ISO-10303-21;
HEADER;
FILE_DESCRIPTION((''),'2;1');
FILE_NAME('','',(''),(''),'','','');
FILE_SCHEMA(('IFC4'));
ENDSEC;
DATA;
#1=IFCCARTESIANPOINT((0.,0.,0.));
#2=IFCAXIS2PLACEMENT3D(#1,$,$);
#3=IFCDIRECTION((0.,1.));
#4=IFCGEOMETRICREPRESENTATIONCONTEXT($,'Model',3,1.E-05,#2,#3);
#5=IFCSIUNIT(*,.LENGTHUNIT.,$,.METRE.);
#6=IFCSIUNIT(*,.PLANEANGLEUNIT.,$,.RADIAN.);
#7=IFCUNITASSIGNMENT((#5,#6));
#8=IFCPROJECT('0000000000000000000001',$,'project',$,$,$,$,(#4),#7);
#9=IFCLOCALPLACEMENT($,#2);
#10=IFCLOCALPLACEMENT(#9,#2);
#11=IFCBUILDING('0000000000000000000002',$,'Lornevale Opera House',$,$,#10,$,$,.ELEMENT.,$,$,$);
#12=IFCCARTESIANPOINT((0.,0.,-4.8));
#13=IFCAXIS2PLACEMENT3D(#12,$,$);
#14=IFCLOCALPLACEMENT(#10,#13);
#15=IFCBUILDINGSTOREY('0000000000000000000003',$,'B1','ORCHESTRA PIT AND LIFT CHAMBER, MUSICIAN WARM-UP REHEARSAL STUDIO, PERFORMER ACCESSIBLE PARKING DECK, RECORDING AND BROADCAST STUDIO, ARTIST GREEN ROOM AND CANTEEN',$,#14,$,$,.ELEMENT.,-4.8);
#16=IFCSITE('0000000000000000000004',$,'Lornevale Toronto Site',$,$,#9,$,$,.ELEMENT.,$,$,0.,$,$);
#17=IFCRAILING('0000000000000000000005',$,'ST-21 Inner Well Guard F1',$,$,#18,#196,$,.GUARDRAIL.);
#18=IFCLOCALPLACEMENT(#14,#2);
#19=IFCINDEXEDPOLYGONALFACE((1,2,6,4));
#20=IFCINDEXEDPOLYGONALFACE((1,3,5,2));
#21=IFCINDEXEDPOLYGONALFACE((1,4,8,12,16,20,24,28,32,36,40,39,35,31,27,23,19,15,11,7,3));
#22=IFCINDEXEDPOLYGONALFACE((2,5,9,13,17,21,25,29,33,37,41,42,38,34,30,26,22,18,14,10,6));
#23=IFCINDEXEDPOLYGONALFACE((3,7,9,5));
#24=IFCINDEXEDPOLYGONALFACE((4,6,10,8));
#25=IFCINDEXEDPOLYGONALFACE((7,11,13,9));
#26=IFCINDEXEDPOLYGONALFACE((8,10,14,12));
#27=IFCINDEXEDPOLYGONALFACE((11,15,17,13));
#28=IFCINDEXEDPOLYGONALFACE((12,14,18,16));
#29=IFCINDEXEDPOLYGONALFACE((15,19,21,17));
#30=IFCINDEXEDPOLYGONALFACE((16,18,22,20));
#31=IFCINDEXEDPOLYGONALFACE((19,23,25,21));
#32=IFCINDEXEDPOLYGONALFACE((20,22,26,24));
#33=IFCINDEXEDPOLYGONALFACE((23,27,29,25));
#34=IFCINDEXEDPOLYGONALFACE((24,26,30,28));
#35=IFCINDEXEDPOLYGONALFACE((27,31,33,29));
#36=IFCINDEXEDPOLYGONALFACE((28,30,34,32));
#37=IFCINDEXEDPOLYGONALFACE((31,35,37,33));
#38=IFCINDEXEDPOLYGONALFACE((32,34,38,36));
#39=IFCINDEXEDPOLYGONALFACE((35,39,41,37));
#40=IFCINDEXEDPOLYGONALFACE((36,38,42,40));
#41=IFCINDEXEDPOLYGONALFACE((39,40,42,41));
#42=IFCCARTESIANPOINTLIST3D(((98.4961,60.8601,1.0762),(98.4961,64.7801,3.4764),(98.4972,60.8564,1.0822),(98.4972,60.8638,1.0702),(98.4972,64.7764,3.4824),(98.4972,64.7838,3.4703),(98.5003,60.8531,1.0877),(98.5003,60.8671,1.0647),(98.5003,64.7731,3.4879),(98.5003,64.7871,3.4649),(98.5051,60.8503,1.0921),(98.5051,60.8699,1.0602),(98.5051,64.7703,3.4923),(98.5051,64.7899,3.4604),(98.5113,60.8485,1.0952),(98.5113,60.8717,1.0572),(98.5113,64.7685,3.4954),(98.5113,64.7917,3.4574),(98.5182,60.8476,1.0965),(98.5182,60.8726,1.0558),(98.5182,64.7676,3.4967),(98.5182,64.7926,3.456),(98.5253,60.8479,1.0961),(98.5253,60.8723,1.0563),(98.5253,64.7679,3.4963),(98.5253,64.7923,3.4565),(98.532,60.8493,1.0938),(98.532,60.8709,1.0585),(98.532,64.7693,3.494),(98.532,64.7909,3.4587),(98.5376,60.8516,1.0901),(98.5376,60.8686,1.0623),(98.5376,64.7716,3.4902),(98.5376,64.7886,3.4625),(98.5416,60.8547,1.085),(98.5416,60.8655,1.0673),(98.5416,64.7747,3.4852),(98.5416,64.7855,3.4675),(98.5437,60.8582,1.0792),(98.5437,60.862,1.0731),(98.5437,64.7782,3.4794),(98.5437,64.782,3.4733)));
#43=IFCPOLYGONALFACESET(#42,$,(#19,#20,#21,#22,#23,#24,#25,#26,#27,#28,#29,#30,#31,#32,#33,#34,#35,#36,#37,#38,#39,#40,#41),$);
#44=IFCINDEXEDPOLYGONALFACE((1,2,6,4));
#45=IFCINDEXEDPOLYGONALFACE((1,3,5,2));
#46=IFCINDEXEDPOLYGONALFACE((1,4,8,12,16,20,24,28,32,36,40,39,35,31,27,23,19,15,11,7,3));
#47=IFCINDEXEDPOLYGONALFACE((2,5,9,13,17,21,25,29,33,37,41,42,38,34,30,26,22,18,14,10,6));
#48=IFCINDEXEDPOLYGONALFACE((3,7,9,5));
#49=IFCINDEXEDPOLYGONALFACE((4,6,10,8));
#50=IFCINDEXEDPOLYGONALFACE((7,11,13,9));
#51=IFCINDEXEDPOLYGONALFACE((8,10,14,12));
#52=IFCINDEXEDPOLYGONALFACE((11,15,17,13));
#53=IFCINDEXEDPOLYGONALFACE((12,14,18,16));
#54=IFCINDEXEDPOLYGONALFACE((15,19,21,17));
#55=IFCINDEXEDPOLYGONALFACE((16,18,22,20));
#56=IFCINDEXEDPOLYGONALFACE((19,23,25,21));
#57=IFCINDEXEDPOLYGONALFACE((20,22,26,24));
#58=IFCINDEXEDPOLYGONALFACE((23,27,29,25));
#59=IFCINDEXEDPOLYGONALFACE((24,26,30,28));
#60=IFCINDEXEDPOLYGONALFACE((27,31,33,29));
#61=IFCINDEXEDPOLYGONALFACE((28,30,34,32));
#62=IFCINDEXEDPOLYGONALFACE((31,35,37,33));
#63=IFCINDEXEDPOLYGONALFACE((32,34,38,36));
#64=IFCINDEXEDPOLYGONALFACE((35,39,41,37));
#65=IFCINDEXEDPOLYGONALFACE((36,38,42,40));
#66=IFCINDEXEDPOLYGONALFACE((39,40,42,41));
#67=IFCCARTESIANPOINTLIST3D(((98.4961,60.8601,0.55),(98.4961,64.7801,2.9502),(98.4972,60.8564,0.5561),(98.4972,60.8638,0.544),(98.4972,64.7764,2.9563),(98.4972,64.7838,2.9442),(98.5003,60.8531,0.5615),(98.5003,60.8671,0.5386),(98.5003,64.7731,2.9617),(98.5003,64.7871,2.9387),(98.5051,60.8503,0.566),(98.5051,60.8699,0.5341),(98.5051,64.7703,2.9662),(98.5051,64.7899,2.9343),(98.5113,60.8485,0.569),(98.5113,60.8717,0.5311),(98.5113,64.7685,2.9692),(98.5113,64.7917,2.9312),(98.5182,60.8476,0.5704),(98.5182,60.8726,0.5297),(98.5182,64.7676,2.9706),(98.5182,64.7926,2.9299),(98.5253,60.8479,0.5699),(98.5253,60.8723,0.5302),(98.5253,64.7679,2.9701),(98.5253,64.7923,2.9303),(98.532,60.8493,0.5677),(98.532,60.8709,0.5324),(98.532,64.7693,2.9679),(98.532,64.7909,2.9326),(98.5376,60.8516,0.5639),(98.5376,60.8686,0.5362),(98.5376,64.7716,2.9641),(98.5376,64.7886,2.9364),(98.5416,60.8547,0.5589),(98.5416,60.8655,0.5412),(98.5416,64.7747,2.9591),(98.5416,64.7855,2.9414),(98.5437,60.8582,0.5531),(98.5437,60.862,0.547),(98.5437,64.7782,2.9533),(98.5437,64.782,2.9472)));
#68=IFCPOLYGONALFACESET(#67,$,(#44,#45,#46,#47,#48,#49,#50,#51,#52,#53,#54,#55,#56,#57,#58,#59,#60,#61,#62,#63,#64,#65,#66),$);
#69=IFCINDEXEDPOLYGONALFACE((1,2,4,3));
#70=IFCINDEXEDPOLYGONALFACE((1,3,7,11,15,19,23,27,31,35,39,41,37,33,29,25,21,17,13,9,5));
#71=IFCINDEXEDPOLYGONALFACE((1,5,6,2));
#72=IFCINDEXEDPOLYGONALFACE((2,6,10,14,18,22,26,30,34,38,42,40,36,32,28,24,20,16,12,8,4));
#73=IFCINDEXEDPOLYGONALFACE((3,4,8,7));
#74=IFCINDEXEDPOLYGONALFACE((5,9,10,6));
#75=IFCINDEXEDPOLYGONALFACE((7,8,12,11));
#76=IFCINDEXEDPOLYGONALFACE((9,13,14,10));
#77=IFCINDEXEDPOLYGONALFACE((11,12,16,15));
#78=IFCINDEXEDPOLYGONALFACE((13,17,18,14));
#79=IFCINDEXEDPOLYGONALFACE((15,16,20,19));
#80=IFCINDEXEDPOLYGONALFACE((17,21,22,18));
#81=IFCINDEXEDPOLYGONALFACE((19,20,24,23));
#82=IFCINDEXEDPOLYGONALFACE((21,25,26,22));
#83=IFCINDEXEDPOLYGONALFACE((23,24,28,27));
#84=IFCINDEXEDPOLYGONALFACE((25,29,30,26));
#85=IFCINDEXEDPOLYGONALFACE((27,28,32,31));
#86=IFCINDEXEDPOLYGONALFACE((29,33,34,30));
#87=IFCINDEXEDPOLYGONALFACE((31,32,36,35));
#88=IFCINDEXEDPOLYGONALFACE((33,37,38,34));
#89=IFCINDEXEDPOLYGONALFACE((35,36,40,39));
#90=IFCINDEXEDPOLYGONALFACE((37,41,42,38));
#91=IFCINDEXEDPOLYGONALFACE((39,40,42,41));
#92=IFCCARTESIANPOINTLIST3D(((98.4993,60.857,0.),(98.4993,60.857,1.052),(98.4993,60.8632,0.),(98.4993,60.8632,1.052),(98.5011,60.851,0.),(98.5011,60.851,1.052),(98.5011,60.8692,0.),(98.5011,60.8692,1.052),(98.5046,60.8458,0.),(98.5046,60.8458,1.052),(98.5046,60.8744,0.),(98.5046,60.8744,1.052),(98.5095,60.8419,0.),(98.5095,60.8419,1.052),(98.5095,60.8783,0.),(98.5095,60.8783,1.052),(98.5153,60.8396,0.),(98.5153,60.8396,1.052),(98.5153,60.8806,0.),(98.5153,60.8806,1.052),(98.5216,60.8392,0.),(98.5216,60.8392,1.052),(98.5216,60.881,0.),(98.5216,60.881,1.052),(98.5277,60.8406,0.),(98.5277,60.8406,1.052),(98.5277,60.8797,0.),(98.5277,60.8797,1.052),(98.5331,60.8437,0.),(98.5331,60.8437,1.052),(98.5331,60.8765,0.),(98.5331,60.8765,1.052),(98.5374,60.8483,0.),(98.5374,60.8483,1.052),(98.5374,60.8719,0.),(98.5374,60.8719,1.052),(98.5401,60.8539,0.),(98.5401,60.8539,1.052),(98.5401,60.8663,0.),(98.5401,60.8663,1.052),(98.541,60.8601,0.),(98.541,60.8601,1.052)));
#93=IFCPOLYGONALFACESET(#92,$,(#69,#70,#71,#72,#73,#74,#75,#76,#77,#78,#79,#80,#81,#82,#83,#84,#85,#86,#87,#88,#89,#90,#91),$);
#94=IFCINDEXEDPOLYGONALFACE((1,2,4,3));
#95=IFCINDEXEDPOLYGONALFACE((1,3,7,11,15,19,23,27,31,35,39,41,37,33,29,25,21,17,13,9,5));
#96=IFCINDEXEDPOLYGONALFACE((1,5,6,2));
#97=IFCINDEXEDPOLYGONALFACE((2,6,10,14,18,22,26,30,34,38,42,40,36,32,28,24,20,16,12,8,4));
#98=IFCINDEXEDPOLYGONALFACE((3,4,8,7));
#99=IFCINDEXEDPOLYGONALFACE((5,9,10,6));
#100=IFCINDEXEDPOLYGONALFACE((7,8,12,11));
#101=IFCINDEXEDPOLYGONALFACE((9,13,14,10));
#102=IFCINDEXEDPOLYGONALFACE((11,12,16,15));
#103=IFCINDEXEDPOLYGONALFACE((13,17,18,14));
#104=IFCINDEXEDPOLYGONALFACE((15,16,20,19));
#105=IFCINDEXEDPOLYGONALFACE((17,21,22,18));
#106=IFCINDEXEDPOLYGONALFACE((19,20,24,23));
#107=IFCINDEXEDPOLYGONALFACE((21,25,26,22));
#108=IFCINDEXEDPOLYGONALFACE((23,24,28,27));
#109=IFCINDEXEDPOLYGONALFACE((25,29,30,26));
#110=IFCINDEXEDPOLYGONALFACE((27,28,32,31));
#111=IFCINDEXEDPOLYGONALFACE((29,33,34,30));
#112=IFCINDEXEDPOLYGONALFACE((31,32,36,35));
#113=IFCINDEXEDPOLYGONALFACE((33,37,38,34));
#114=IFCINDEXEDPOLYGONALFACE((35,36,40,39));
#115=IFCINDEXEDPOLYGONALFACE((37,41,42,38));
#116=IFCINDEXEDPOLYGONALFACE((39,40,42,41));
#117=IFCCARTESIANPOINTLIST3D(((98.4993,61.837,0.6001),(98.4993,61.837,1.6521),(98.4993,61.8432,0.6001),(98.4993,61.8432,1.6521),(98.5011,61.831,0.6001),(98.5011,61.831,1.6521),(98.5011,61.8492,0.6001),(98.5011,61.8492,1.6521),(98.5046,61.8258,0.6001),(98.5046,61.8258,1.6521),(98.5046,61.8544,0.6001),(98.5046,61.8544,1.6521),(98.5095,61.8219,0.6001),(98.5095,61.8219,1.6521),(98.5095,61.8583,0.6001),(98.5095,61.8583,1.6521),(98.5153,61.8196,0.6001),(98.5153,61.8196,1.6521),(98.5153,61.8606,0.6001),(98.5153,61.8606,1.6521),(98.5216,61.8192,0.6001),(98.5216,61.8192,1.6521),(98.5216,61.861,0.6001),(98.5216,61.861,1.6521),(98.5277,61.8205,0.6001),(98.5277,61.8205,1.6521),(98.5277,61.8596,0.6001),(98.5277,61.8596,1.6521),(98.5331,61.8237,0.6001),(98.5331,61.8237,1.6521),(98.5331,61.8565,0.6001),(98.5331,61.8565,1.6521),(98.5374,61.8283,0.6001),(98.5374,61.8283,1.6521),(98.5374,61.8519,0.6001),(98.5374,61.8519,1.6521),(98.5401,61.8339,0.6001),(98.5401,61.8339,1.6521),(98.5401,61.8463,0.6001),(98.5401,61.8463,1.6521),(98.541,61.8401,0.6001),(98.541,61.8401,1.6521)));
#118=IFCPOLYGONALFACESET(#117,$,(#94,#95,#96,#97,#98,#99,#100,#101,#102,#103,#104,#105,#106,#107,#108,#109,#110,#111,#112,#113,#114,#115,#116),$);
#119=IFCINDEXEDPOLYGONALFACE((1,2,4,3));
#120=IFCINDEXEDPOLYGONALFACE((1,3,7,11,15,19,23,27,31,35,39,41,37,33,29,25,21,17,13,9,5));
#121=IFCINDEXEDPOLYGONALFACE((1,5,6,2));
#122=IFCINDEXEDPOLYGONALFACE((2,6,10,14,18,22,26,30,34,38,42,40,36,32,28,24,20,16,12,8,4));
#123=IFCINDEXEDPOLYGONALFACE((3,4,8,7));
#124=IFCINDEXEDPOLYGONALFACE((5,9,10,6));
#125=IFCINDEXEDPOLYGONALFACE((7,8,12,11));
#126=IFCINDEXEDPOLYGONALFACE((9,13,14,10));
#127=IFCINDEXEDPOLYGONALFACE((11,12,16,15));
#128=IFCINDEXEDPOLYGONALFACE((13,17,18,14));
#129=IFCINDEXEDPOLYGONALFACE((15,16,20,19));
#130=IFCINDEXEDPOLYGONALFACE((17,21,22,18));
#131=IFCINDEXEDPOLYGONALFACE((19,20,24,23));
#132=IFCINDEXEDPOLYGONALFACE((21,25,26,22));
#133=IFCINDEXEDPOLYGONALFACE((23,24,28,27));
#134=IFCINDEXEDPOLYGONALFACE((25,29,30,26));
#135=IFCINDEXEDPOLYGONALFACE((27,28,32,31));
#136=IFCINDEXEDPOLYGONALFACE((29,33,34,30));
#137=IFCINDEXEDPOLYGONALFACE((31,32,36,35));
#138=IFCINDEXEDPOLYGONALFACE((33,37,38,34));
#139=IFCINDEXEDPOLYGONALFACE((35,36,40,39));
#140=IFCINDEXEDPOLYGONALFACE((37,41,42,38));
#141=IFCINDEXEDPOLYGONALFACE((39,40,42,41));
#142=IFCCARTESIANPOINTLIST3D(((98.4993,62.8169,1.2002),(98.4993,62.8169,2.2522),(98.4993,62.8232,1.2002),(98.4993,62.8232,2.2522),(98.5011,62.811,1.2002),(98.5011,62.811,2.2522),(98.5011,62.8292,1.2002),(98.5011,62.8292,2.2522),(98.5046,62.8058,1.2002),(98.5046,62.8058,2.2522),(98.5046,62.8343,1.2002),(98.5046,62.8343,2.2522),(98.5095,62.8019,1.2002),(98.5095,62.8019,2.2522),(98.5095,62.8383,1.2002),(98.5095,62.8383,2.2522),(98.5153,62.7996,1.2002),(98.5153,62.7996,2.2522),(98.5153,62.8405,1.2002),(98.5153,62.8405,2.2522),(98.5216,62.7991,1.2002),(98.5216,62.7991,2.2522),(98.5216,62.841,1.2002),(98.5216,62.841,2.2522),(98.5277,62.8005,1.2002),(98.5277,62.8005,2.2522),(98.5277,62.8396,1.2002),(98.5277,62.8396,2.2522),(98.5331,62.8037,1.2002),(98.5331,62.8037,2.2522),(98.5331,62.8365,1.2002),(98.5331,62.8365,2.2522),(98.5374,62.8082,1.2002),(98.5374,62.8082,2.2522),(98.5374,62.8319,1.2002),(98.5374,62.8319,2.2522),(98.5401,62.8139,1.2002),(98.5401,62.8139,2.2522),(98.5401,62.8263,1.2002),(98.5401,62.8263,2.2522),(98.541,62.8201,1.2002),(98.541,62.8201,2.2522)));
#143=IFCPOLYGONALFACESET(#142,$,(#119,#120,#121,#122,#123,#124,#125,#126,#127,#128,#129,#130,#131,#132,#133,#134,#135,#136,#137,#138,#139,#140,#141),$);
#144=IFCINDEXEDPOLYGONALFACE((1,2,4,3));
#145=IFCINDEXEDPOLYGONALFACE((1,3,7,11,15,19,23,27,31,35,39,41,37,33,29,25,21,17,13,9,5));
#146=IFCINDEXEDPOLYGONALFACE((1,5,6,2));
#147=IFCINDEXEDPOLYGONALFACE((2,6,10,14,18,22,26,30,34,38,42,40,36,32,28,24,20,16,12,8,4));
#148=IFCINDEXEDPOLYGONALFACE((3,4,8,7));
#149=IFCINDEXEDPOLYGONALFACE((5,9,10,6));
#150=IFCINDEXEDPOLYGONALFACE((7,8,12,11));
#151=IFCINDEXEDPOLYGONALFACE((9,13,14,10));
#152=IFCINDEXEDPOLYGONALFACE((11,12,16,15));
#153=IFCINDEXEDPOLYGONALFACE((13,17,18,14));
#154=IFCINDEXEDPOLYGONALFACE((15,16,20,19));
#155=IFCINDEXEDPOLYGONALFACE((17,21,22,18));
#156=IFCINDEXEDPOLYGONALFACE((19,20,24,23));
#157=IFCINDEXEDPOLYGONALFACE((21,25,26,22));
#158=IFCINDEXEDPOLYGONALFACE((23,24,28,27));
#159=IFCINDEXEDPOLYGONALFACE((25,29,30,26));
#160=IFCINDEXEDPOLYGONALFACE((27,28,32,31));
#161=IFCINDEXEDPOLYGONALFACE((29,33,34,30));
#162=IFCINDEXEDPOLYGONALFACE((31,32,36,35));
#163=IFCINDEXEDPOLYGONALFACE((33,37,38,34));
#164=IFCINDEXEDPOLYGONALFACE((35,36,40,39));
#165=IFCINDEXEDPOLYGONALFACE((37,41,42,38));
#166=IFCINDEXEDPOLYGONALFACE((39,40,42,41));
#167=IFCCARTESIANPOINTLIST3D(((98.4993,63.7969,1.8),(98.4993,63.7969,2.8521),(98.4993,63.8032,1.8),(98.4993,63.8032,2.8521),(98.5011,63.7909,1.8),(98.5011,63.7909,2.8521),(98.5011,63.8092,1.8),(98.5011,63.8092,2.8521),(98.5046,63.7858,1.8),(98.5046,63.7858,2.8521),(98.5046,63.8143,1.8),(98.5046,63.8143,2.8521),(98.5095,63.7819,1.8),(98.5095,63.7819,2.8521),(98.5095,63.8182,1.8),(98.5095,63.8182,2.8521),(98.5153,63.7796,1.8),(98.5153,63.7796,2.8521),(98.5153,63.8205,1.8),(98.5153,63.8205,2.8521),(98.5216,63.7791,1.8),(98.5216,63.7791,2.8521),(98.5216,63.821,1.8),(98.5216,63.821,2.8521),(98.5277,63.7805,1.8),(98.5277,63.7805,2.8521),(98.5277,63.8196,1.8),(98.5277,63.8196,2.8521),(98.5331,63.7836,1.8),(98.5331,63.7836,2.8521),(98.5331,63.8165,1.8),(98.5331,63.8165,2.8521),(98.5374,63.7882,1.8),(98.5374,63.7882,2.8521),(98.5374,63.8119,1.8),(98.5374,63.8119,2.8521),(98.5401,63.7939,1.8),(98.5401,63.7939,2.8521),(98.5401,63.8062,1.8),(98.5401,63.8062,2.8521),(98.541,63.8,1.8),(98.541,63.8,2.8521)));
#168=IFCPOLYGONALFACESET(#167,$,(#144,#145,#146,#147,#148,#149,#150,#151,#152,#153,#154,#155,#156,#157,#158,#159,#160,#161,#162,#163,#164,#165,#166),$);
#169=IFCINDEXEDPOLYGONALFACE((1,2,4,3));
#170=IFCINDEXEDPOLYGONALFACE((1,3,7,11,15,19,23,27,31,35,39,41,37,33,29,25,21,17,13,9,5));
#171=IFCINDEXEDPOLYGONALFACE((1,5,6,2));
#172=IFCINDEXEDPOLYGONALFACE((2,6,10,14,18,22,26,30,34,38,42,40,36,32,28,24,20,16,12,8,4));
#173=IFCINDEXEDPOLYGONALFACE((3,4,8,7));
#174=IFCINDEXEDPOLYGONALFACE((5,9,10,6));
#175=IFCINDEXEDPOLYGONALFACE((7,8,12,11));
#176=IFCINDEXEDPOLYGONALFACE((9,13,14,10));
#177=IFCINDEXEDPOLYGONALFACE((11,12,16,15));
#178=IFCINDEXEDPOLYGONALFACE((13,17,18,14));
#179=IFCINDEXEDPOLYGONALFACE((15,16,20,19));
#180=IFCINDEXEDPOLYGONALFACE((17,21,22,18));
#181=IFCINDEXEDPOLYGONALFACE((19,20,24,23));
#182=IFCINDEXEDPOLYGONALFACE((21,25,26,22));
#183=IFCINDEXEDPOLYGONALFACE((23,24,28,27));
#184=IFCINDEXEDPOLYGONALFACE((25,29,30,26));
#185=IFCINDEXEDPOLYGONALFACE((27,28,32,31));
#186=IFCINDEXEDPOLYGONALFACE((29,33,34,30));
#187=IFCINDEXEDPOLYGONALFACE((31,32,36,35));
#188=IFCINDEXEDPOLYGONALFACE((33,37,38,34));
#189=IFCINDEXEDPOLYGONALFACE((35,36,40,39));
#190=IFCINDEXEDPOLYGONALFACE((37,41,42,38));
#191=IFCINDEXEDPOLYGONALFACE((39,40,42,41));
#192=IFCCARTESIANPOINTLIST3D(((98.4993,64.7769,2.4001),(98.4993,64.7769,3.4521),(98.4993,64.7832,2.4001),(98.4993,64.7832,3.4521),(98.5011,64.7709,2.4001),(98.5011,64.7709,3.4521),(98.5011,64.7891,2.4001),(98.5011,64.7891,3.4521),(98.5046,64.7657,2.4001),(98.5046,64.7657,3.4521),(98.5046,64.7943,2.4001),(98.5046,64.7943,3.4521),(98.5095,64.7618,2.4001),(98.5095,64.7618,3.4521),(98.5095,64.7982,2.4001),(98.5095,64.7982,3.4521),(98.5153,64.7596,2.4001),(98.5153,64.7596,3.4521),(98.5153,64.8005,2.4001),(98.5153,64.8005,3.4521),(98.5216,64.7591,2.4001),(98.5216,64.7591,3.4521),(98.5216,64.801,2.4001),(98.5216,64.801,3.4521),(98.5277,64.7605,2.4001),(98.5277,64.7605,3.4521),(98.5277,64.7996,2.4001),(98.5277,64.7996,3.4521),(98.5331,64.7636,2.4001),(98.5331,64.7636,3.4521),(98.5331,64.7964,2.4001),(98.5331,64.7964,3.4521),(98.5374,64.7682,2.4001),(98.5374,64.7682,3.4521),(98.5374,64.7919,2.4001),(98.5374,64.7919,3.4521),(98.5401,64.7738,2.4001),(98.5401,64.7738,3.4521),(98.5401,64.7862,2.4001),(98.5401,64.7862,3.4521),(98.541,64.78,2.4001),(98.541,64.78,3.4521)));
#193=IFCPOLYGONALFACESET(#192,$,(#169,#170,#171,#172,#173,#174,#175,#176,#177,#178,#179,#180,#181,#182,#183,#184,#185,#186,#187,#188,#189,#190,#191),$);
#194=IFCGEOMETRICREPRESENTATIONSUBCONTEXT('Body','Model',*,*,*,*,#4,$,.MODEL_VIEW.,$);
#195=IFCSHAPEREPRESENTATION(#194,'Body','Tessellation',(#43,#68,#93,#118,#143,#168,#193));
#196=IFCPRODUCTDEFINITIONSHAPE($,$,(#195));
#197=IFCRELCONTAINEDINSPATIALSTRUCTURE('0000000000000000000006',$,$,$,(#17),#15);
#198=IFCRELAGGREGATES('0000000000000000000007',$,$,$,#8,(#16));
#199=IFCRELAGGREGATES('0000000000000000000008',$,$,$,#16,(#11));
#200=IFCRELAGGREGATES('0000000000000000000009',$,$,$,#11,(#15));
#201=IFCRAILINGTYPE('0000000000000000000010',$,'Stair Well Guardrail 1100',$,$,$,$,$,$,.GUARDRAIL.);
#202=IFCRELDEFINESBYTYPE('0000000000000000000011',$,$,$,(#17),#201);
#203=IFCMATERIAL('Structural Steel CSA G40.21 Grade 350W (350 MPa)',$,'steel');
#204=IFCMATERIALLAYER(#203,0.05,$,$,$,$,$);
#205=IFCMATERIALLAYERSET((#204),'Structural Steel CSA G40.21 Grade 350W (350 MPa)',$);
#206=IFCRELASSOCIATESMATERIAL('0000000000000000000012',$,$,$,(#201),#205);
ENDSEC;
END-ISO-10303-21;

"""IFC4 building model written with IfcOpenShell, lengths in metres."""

from ifc_helpers import new_model, si_unit, direction, frame, origin, origin_2d, place, context, subcontext, project, spatial, circle, extrude, material, layer, layer_set, type_object, element, save


model = new_model("IFC4")

# Units and contexts
model_context = context("Model", 3, precision=1e-05, world=origin(), true_north=direction((0.0, 1.0)))
body_context = subcontext(model_context, "Body", "Model", "MODEL_VIEW")
ifc_project = project(units=[si_unit("LENGTHUNIT", "METRE"), si_unit("PLANEANGLEUNIT", "RADIAN")], contexts=[model_context])

# Site, building, storey
site_placement = place(None, origin())
site = spatial("IfcSite", under=ifc_project, at=site_placement, Name="Lornevale Toronto Site", CompositionType="ELEMENT", RefElevation=0.0)
building_placement = place(site_placement, origin())
building = spatial("IfcBuilding", under=site, at=building_placement, Name="Lornevale Opera House", CompositionType="ELEMENT")
storey_placement = place(building_placement, frame((0.0, 0.0, -4.8)))
storey = spatial("IfcBuildingStorey", under=building, at=storey_placement, Name="B1", Description="ORCHESTRA PIT AND LIFT CHAMBER, MUSICIAN WARM-UP REHEARSAL STUDIO, PERFORMER ACCESSIBLE PARKING DECK, RECORDING AND BROADCAST STUDIO, ARTIST GREEN ROOM AND CANTEEN", CompositionType="ELEMENT", Elevation=-4.8)

# Railing
ifc_material_1 = material(Name="Structural Steel CSA G40.21 Grade 350W (350 MPa)", Category="steel")
ifc_layer_1 = layer(ifc_material_1, 0.05)
ifc_layer_set_1 = layer_set([ifc_layer_1], Name="Structural Steel CSA G40.21 Grade 350W (350 MPa)")
railing_type_1 = type_object("IfcRailingType", Name="Stair Well Guardrail 1100", PredefinedType="GUARDRAIL", material=ifc_layer_set_1)
railing_1_placement = place(storey_placement, frame((98.52, 60.8601, 0.0)))
element("IfcRailing", 1, at=railing_1_placement, inside=storey, type_object=railing_type_1, Name="ST-21 Inner Well Guard F1", PredefinedType="GUARDRAIL", context=body_context, shape_type="SweptSolid", body=[
    extrude(circle(Radius=0.0239, at=origin_2d()), frame((0.0, 0.0, 1.0762), z_axis=(0.0, 0.852832, 0.522185), x_axis=(-1.0, 0.0, 0.0)), (0.0, 0.0, 1.0), 4.5964),
    extrude(circle(Radius=0.0239, at=origin_2d()), frame((0.0, 0.0, 0.55), z_axis=(0.0, 0.852832, 0.522185), x_axis=(-1.0, 0.0, 0.0)), (0.0, 0.0, 1.0), 4.5964),
    extrude(circle(Radius=0.021, at=origin_2d()), origin(), (0.0, 0.0, 1.0), 1.052),
    extrude(circle(Radius=0.021, at=origin_2d()), frame((0.0, 0.98, 0.6001)), (0.0, 0.0, 1.0), 1.052),
    extrude(circle(Radius=0.021, at=origin_2d()), frame((0.0, 1.96, 1.2002)), (0.0, 0.0, 1.0), 1.052),
    extrude(circle(Radius=0.021, at=origin_2d()), frame((0.0, 2.9399, 1.8)), (0.0, 0.0, 1.0), 1.052),
    extrude(circle(Radius=0.021, at=origin_2d()), frame((0.0, 3.9199, 2.4001)), (0.0, 0.0, 1.0), 1.052),
])

save(model, "model.ifc")
